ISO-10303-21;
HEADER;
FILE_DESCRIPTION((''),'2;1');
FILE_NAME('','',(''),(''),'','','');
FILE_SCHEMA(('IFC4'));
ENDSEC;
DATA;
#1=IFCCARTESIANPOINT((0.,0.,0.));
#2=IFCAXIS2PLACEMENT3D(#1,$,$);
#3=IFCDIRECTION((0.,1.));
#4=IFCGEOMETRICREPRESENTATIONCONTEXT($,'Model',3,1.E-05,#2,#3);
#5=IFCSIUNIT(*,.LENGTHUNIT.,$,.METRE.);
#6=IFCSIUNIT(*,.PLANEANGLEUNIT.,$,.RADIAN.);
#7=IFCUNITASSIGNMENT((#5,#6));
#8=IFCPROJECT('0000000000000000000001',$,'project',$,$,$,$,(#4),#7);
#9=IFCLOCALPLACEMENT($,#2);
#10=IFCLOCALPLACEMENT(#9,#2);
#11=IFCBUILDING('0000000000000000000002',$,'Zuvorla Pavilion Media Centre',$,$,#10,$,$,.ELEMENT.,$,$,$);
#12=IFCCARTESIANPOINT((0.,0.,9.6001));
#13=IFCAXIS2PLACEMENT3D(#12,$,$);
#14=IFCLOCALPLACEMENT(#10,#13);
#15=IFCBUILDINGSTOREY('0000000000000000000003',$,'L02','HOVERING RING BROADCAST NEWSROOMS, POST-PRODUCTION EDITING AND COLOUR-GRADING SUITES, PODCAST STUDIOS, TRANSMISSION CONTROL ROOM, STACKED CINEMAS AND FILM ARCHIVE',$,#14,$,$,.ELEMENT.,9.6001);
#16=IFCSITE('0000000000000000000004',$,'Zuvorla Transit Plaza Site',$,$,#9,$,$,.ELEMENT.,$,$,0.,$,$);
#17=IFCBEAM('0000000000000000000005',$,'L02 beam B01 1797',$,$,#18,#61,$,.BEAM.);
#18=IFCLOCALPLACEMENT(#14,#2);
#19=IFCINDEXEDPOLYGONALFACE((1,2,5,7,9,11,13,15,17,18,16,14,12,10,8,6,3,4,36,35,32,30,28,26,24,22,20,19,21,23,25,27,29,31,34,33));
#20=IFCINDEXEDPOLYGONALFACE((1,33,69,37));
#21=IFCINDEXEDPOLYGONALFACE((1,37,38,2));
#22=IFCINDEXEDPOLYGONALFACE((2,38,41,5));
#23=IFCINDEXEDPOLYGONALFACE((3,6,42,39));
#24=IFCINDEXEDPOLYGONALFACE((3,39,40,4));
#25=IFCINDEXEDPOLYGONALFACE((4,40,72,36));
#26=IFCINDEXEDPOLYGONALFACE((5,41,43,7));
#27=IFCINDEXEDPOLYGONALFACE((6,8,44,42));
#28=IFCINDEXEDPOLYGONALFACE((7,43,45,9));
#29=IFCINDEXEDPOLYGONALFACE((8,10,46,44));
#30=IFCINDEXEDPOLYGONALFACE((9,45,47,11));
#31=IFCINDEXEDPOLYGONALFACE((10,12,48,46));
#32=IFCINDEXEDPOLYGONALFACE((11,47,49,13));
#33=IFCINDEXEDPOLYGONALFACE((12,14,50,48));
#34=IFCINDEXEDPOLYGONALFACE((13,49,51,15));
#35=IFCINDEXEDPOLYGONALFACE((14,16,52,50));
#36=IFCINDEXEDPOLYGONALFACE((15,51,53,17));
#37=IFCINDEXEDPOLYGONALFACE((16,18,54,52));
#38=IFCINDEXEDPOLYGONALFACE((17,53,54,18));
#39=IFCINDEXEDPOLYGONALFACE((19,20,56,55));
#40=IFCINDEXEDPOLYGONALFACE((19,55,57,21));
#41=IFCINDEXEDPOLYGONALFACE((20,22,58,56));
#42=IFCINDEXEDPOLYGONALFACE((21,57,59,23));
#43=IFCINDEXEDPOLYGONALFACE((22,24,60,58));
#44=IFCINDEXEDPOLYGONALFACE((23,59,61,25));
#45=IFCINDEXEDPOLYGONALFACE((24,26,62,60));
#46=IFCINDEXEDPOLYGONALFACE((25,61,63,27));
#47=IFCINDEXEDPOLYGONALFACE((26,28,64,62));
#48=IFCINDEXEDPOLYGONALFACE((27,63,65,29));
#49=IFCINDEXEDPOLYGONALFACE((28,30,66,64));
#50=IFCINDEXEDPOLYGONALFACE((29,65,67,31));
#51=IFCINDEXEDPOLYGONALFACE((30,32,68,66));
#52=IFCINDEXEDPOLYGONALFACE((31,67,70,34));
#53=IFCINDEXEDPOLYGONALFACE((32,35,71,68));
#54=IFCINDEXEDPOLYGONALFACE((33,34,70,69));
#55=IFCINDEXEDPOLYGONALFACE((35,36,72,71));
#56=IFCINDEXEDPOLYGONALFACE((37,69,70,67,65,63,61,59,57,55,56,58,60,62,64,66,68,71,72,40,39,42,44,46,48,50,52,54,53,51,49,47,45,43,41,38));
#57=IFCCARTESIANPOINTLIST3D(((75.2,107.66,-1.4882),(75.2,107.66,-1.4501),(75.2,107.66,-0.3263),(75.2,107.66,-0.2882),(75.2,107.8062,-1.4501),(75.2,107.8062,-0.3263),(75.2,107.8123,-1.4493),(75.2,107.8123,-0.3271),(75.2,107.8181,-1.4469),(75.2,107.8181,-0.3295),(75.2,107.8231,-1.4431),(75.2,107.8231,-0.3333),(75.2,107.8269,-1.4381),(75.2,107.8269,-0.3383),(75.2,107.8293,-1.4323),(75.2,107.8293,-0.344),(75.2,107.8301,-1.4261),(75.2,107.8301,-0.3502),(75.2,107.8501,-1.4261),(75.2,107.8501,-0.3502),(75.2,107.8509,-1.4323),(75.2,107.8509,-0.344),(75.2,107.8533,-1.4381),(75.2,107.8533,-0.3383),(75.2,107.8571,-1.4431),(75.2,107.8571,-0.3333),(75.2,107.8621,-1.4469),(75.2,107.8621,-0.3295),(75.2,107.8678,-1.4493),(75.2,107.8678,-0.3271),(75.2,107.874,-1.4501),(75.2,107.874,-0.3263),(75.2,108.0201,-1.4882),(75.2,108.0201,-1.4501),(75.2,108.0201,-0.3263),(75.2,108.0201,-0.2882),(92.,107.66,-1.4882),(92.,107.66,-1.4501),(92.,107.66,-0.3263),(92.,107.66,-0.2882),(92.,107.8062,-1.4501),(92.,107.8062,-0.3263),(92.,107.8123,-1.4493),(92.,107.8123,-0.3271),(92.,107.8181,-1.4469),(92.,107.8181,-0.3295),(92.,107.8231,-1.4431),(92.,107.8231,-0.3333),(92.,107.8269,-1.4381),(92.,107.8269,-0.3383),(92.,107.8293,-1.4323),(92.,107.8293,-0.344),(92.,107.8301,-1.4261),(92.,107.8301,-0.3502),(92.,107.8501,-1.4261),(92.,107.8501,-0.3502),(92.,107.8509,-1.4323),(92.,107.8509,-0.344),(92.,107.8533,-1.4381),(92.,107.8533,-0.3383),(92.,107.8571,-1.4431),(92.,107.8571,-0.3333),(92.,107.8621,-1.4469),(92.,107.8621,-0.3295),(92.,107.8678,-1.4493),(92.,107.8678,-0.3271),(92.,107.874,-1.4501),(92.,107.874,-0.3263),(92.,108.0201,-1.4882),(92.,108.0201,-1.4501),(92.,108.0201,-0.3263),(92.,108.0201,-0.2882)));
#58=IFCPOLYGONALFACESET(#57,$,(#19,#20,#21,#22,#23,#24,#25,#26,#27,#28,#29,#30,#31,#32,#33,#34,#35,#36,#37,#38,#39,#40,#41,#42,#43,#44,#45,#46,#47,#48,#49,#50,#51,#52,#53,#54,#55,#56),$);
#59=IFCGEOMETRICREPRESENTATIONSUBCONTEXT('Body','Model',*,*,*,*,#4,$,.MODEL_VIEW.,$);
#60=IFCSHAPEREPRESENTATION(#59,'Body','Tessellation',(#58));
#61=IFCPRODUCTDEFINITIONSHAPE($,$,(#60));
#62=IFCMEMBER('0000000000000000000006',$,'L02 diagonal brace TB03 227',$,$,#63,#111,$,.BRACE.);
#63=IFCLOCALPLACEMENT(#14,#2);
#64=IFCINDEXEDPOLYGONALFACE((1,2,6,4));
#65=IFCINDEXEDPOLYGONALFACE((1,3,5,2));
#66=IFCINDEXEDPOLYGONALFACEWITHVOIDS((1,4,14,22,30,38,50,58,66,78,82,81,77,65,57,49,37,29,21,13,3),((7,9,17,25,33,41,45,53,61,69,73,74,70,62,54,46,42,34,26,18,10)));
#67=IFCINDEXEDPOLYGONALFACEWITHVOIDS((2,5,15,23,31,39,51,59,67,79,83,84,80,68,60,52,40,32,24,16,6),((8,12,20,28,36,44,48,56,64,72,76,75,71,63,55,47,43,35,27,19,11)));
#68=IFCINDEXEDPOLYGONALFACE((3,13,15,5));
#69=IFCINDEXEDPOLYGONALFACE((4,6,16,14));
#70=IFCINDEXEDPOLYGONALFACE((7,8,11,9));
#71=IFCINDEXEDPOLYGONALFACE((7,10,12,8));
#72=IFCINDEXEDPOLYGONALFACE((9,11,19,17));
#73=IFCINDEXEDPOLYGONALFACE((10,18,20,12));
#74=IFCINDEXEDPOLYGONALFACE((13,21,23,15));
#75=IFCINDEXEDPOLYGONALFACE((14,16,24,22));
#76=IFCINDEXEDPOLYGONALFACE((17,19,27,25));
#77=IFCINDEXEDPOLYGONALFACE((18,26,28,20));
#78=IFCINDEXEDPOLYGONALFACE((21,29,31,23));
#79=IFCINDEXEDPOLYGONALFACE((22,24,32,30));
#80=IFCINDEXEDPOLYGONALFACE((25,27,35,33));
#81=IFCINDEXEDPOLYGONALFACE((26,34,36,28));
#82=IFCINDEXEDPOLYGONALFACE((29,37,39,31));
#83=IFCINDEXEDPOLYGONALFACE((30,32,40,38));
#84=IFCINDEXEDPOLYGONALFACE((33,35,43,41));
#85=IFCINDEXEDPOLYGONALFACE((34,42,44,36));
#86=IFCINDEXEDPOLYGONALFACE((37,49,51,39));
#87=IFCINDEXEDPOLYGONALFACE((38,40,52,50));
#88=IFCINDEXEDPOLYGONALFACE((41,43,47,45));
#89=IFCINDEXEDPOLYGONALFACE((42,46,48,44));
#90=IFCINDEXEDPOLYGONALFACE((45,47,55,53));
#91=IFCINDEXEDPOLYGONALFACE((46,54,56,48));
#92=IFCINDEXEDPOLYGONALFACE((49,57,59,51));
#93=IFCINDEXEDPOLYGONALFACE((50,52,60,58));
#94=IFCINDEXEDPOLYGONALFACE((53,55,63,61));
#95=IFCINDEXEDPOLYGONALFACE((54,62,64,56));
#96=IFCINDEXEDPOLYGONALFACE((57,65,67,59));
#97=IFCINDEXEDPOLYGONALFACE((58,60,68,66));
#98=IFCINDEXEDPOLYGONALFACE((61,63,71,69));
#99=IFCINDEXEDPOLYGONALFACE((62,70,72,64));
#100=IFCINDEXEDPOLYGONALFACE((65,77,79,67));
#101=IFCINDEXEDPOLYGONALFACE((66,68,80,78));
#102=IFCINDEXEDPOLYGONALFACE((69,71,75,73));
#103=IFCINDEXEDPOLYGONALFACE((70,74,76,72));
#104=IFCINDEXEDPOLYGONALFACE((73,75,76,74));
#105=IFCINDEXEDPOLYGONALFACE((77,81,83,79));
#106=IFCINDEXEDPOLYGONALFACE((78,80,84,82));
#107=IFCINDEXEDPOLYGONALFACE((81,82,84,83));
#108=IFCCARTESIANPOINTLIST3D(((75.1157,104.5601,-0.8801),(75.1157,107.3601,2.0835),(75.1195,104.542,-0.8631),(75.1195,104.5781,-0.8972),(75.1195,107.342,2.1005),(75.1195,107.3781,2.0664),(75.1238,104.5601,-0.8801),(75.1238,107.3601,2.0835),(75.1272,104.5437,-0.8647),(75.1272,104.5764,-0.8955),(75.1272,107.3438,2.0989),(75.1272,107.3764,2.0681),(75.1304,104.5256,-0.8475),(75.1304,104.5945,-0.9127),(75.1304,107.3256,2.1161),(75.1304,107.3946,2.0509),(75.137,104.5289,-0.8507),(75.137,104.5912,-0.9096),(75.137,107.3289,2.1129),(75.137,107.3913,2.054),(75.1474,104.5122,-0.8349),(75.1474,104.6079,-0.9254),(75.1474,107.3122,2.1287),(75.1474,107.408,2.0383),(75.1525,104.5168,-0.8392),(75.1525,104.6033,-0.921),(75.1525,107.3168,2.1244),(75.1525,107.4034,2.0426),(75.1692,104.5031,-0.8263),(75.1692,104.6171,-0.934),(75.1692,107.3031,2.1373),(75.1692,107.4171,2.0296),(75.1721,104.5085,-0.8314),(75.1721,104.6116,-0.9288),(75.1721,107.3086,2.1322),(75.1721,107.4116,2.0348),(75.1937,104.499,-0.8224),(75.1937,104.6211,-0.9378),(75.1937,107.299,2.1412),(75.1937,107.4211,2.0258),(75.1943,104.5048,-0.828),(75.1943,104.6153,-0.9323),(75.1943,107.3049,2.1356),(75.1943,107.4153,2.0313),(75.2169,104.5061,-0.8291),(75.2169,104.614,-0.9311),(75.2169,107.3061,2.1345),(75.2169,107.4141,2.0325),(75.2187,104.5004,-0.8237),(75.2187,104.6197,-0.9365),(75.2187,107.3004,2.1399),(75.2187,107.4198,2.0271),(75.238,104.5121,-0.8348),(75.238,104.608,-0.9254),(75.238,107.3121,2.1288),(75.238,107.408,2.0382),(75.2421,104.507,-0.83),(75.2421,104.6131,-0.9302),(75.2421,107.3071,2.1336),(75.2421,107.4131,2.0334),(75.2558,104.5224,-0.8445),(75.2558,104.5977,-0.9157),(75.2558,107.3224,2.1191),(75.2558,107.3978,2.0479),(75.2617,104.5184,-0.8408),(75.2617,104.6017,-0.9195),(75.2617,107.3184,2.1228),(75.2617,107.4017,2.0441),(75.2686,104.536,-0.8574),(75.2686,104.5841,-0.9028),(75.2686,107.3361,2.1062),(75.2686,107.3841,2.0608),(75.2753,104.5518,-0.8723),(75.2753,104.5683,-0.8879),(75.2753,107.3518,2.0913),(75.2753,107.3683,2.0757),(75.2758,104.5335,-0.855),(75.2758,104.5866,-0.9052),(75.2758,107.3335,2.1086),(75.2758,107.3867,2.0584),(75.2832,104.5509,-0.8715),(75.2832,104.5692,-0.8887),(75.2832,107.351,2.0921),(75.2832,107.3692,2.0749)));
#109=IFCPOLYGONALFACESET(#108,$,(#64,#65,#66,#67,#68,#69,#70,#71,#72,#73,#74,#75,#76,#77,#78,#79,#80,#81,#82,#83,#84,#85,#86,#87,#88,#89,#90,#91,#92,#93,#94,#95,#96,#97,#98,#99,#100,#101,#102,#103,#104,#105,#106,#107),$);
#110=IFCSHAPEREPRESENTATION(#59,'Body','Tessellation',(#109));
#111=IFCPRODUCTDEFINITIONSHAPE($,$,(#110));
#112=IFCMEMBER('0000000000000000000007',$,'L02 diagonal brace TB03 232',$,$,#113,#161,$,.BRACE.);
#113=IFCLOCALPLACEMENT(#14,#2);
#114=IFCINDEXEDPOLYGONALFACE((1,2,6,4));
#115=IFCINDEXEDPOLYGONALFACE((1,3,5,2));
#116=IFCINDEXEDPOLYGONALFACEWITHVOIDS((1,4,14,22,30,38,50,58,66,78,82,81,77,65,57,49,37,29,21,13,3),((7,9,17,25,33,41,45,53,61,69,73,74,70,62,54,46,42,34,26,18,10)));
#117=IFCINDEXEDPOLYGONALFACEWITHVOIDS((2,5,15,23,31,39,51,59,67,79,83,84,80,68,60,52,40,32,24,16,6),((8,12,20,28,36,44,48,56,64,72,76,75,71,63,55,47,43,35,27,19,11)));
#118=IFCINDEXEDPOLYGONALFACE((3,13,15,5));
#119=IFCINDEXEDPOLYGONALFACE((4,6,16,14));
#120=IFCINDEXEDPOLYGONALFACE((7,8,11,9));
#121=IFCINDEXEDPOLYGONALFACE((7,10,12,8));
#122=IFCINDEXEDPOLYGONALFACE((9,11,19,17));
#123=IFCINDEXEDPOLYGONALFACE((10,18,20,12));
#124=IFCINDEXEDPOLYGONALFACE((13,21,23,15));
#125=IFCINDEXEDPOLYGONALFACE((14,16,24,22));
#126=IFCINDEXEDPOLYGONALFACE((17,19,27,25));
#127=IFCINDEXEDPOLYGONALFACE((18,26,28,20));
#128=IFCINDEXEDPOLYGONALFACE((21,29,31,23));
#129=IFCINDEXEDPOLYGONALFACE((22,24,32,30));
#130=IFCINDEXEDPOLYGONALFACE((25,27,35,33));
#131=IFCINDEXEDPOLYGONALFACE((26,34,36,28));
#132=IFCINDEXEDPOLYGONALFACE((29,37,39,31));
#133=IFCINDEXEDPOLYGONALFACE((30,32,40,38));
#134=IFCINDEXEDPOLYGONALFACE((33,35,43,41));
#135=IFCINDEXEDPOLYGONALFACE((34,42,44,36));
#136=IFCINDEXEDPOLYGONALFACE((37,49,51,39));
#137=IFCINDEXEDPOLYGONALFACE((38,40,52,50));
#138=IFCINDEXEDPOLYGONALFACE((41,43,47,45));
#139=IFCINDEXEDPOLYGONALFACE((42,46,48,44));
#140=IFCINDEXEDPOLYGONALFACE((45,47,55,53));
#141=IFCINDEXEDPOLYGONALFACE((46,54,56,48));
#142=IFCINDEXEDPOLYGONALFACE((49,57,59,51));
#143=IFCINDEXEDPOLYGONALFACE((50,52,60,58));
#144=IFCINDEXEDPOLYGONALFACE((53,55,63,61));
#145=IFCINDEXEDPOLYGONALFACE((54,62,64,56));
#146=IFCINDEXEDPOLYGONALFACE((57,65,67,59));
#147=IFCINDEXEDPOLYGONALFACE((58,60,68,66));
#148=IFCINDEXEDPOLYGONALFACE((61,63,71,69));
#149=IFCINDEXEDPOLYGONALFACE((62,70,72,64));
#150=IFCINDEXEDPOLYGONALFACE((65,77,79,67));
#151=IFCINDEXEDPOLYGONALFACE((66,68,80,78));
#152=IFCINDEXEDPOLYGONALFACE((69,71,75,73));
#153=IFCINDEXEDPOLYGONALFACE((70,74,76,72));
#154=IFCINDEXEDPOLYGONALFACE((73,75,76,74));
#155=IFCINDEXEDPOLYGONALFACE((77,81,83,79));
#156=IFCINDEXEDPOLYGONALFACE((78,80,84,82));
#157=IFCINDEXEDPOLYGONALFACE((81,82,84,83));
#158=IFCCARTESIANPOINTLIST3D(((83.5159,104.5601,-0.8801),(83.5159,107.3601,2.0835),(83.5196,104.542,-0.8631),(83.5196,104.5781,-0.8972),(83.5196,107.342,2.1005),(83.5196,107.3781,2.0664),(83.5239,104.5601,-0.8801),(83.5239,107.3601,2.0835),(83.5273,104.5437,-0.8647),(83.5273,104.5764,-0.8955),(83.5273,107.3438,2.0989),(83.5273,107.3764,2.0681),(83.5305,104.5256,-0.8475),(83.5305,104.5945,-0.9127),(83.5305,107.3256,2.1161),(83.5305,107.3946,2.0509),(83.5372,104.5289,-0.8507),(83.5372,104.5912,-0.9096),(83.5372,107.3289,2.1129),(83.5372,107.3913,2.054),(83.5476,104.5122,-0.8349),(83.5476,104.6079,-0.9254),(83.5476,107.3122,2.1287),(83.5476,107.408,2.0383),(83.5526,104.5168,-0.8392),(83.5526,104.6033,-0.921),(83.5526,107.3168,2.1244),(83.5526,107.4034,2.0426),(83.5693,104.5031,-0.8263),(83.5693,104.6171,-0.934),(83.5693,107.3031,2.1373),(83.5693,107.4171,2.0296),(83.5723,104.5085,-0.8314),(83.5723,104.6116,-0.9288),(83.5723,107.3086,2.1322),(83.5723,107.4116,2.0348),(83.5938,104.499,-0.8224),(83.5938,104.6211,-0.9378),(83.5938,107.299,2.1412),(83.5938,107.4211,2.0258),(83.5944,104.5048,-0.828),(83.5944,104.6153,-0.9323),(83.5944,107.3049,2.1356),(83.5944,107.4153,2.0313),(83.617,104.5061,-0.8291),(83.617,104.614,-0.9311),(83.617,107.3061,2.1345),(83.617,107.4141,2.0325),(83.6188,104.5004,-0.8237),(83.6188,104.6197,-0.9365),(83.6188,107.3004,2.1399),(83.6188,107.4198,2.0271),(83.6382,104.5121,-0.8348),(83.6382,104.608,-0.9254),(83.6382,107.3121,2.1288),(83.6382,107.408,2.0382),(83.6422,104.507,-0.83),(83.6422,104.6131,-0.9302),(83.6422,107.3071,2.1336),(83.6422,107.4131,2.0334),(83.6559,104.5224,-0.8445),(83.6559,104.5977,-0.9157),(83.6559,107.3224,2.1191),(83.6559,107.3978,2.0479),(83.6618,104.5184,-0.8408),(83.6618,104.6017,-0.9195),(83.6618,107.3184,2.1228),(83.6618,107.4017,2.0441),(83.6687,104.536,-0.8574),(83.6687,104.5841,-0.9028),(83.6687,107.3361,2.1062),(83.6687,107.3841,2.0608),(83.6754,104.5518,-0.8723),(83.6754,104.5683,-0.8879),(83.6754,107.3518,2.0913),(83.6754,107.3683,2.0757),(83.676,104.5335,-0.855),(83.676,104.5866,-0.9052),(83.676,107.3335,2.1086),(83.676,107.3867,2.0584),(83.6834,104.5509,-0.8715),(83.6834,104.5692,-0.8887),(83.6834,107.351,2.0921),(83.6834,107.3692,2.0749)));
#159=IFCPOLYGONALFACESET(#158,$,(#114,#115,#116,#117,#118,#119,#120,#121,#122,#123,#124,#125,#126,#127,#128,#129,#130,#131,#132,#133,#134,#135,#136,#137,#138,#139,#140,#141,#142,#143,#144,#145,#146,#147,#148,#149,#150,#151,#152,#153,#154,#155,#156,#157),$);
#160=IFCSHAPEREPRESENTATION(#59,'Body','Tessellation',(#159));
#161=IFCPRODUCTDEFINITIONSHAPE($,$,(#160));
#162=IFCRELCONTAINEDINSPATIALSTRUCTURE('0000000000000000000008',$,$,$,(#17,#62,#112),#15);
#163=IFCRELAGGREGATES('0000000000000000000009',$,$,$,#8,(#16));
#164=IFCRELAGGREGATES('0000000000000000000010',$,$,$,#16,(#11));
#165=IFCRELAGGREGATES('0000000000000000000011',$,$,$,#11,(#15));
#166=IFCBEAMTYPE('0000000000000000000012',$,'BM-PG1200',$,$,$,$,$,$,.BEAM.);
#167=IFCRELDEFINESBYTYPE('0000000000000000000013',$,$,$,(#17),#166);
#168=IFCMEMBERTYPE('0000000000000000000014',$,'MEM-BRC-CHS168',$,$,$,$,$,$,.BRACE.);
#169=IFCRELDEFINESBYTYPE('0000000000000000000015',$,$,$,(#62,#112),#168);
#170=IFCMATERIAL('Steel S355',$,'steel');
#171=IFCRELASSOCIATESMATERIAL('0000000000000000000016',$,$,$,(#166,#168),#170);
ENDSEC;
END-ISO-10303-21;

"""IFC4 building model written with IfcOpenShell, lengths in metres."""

from ifc_helpers import new_model, si_unit, direction, frame, origin, origin_2d, place, context, subcontext, project, spatial, hollow_circle, i_section, extrude, material, material_profile, profile_set, type_object, element, save


model = new_model("IFC4")

# Units and contexts
model_context = context("Model", 3, precision=1e-05, world=origin(), true_north=direction((0.0, 1.0)))
body_context = subcontext(model_context, "Body", "Model", "MODEL_VIEW")
ifc_project = project(units=[si_unit("LENGTHUNIT", "METRE"), si_unit("PLANEANGLEUNIT", "RADIAN")], contexts=[model_context])

# Site, building, storey
site_placement = place(None, origin())
site = spatial("IfcSite", under=ifc_project, at=site_placement, Name="Zuvorla Transit Plaza Site", CompositionType="ELEMENT", RefElevation=0.0)
building_placement = place(site_placement, origin())
building = spatial("IfcBuilding", under=site, at=building_placement, Name="Zuvorla Pavilion Media Centre", CompositionType="ELEMENT")
storey_placement = place(building_placement, frame((0.0, 0.0, 9.6001)))
storey = spatial("IfcBuildingStorey", under=building, at=storey_placement, Name="L02", Description="HOVERING RING BROADCAST NEWSROOMS, POST-PRODUCTION EDITING AND COLOUR-GRADING SUITES, PODCAST STUDIOS, TRANSMISSION CONTROL ROOM, STACKED CINEMAS AND FILM ARCHIVE", CompositionType="ELEMENT", Elevation=9.6001)

# Beam
ifc_material = material(Name="Steel S355", Category="steel")
ifc_material_profile_1 = material_profile(ifc_material, i_section(OverallWidth=0.3601, OverallDepth=1.2, WebThickness=0.02, FlangeThickness=0.0381, FilletRadius=0.0239, at=origin_2d()), Name="PG 1200x360x38")
ifc_profile_set_1 = profile_set([ifc_material_profile_1], Name="Steel S355")
beam_type = type_object("IfcBeamType", Name="BM-PG1200", PredefinedType="BEAM", material=ifc_profile_set_1)
beam_placement = place(storey_placement, frame((75.2, 107.8401, -0.8882), z_axis=(1.0, 0.0, 0.0), x_axis=(0.0, 1.0, 0.0)))
element("IfcBeam", 1, at=beam_placement, inside=storey, type_object=beam_type, Name="L02 beam B01 1797", PredefinedType="BEAM", context=body_context, shape_type="SweptSolid", body=[
    extrude(i_section(OverallWidth=0.3601, OverallDepth=1.2, WebThickness=0.02, FlangeThickness=0.0381, FilletRadius=0.0239, at=origin_2d()), origin(), (0.0, 0.0, 1.0), 16.8),
])

# Members
ifc_material_profile_2 = material_profile(ifc_material, hollow_circle(Radius=0.0842, WallThickness=0.0081, at=origin_2d()), Name="CHS 168.3x8")
ifc_profile_set_2 = profile_set([ifc_material_profile_2], Name="Steel S355")
member_type_1 = type_object("IfcMemberType", Name="MEM-BRC-CHS168", PredefinedType="BRACE", material=ifc_profile_set_2)
for number, where, z_axis, x_axis, name in (
    (2, (75.2, 104.5601, -0.8801), (0.0, 0.686762, 0.726882), (-1.0, 0.0, 0.0), "L02 diagonal brace TB03 227"),
    (3, (83.6001, 104.5601, -0.8801), (0.0, 0.686762, 0.726882), (-1.0, 0.0, 0.0), "L02 diagonal brace TB03 232"),
):
    element("IfcMember", number, at=place(storey_placement, frame(where, z_axis=z_axis, x_axis=x_axis)), inside=storey, type_object=member_type_1, Name=name, PredefinedType="BRACE", context=body_context, shape_type="SweptSolid", body=[
        extrude(hollow_circle(Radius=0.0842, WallThickness=0.0081, at=origin_2d()), origin(), (0.0, 0.0, 1.0), 4.0771),
    ])

save(model, "model.ifc")
